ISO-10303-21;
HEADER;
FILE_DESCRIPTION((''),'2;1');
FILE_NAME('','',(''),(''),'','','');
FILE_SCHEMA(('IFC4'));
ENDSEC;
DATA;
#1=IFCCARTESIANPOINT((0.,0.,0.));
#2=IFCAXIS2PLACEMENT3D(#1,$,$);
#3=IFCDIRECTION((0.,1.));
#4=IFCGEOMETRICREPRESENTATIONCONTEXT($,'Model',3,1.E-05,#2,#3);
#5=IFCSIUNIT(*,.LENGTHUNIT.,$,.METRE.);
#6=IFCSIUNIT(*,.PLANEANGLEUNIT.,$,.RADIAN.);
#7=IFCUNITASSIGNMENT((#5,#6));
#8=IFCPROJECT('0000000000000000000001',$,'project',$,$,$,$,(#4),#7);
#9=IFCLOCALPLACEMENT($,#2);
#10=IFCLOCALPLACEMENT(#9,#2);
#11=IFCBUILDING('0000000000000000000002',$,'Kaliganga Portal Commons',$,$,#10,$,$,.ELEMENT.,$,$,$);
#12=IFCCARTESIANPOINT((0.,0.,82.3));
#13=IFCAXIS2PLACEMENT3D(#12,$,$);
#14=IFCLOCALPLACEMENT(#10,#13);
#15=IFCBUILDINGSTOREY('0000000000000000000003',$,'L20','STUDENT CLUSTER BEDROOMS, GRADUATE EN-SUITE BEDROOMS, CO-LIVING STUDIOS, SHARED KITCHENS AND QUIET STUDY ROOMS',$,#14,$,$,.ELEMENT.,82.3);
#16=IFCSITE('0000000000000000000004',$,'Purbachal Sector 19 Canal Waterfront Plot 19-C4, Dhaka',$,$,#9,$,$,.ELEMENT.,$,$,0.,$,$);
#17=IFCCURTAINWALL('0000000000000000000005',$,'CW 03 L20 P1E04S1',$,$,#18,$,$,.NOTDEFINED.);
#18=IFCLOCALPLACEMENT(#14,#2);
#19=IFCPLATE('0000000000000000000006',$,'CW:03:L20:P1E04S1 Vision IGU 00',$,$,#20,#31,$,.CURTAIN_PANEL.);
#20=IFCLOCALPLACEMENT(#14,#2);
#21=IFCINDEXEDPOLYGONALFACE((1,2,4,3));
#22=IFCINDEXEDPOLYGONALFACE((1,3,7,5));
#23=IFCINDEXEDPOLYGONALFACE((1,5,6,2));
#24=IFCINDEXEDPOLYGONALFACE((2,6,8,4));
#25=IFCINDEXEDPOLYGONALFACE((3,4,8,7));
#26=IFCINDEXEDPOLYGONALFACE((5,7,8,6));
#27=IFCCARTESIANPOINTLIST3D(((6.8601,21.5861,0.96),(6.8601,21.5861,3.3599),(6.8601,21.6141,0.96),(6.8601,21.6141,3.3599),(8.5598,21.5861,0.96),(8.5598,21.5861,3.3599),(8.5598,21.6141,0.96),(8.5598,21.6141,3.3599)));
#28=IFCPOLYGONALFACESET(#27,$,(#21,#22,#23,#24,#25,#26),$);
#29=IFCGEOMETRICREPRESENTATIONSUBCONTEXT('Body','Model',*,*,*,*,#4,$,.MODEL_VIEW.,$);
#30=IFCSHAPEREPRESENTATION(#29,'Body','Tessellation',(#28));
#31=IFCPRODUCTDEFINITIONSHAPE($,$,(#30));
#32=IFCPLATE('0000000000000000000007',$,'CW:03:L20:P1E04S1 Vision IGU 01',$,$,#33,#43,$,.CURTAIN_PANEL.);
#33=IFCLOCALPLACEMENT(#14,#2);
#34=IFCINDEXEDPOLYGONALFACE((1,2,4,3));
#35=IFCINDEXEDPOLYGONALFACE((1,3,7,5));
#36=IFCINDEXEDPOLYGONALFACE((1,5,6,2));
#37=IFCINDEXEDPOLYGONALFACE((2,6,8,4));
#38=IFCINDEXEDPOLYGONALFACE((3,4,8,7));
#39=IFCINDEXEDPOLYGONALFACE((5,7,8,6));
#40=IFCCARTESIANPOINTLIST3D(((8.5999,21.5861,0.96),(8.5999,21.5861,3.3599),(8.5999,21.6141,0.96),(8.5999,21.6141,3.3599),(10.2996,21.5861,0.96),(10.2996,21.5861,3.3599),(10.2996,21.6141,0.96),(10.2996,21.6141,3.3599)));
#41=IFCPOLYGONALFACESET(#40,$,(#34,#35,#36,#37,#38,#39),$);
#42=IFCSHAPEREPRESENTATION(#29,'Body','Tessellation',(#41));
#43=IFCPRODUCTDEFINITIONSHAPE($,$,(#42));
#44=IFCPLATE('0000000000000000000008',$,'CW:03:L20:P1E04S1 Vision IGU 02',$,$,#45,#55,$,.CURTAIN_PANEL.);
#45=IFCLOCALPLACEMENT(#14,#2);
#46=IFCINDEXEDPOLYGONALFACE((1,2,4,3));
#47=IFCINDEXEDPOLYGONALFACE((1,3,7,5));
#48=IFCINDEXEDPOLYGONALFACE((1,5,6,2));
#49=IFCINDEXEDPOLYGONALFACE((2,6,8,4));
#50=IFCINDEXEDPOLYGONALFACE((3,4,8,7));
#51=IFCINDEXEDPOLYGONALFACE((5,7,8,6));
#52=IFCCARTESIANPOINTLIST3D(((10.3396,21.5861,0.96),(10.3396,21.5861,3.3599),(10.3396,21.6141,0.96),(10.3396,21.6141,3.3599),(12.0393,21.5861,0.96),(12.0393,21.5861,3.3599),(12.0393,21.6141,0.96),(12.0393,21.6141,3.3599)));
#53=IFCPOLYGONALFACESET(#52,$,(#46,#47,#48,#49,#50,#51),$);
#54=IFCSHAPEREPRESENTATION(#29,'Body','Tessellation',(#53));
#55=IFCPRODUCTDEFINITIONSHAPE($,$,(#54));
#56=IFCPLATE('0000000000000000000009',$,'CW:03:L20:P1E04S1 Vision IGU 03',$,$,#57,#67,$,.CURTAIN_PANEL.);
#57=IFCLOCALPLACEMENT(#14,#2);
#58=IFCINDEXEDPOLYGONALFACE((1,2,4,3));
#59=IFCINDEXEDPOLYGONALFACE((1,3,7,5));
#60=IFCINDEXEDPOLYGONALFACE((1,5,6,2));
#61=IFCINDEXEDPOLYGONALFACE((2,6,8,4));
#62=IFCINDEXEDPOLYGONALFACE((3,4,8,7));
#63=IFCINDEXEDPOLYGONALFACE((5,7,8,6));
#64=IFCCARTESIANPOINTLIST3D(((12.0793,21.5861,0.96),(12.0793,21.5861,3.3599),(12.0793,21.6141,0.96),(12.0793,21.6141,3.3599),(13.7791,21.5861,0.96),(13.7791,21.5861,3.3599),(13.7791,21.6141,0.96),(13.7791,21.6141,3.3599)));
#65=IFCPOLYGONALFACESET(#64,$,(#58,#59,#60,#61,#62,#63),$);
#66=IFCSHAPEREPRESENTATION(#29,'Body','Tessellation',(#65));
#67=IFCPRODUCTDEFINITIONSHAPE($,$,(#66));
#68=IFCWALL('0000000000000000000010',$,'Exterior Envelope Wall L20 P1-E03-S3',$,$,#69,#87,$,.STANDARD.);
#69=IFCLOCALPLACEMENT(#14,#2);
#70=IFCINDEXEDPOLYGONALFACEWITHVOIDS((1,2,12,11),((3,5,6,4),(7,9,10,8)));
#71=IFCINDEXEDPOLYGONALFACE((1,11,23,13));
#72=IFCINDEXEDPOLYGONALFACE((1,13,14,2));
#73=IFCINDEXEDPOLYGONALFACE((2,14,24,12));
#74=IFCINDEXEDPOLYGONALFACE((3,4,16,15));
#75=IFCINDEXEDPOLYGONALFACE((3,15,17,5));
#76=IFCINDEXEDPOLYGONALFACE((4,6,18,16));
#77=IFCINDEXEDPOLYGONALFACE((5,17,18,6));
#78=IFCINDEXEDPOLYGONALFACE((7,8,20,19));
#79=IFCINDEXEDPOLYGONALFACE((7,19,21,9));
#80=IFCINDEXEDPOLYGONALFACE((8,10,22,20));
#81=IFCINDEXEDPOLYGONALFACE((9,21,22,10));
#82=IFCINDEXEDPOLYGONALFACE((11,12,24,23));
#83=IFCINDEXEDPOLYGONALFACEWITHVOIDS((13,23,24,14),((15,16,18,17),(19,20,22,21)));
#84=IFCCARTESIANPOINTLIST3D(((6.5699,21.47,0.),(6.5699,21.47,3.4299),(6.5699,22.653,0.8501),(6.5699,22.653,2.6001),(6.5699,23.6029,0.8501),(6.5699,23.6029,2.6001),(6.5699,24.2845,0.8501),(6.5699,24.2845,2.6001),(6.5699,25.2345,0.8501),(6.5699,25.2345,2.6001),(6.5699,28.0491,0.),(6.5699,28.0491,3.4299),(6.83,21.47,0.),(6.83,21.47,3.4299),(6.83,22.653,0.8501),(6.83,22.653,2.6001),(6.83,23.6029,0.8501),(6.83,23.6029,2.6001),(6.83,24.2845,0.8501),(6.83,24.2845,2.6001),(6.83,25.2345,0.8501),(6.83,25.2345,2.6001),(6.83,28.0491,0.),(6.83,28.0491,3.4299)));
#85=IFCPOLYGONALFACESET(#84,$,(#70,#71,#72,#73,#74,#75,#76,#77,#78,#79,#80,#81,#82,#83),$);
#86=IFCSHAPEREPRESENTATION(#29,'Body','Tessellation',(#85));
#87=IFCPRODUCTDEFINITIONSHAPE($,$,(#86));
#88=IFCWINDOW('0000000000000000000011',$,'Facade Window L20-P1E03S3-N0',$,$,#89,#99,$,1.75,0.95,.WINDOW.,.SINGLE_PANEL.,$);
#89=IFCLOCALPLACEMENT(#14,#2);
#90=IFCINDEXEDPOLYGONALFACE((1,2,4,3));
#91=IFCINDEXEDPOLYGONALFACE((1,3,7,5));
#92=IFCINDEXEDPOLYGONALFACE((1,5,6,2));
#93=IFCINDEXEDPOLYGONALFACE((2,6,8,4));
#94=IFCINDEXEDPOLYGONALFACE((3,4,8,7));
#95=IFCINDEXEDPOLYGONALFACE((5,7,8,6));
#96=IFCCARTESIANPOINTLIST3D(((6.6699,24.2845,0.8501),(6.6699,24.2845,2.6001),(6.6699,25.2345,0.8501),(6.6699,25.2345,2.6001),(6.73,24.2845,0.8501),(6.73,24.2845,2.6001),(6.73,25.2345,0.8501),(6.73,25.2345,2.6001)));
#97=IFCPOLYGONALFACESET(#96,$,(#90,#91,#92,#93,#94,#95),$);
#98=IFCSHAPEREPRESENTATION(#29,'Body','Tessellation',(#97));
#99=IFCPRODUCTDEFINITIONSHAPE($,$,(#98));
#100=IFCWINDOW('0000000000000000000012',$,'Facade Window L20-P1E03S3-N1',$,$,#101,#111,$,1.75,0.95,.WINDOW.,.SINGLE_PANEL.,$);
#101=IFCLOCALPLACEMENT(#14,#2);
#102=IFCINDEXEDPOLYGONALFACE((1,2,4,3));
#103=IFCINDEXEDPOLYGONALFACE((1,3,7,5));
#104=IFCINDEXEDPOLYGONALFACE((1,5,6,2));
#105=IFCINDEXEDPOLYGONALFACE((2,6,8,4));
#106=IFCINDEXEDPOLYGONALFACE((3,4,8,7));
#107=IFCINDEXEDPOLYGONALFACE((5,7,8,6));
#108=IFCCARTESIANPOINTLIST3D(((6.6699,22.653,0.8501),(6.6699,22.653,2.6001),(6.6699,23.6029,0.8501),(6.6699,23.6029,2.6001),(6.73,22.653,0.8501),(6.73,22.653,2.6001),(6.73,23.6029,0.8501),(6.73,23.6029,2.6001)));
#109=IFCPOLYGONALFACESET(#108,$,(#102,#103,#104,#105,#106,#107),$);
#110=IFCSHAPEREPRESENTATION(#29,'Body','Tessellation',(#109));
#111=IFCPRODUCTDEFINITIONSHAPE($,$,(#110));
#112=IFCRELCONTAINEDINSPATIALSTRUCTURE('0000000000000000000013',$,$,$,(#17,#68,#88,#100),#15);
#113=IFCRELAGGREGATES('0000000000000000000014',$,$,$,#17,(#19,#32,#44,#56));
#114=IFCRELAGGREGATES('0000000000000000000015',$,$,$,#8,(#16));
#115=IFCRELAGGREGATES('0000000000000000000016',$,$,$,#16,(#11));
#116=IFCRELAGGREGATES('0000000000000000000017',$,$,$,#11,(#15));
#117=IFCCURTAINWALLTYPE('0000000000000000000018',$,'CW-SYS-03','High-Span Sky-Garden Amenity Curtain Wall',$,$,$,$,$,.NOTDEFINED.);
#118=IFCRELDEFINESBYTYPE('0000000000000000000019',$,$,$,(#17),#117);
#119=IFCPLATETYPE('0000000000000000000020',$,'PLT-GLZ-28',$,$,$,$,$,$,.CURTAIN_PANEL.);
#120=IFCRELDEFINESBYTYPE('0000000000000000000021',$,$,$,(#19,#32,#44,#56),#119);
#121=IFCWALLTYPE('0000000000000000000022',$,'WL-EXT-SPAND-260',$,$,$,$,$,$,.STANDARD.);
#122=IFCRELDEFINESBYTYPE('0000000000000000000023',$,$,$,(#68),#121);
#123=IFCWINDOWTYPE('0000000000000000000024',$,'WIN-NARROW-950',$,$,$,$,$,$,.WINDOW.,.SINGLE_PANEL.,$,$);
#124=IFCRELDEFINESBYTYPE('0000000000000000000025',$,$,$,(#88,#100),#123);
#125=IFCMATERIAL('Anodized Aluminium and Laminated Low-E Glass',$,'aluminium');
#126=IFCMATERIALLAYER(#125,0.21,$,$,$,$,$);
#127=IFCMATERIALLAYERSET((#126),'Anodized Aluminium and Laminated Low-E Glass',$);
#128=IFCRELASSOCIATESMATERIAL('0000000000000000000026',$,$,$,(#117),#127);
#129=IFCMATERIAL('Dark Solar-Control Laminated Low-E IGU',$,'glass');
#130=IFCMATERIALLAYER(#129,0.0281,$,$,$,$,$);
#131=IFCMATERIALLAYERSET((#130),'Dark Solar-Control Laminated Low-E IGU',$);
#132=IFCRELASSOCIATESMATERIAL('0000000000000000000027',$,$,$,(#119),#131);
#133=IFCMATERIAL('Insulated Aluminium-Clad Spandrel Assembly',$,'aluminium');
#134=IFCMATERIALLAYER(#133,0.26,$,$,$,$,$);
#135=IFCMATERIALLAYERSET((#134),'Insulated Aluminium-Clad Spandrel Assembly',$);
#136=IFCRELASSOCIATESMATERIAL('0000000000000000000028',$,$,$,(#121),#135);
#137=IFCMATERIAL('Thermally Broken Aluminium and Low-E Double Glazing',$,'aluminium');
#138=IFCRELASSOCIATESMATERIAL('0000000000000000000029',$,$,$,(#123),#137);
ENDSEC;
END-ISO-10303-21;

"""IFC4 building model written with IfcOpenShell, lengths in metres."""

from ifc_helpers import new_model, si_unit, direction, frame, frame_2d, origin, origin_2d, place, context, subcontext, project, spatial, rectangle, extrude, source, transform, mapped, material, layer, layer_set, type_object, element, fill, aggregate, save


model = new_model("IFC4")

# Units and contexts
model_context = context("Model", 3, precision=1e-05, world=origin(), true_north=direction((0.0, 1.0)))
body_context = subcontext(model_context, "Body", "Model", "MODEL_VIEW")
ifc_project = project(units=[si_unit("LENGTHUNIT", "METRE"), si_unit("PLANEANGLEUNIT", "RADIAN")], contexts=[model_context])

# Site, building, storey
site_placement = place(None, origin())
site = spatial("IfcSite", under=ifc_project, at=site_placement, Name="Purbachal Sector 19 Canal Waterfront Plot 19-C4, Dhaka", CompositionType="ELEMENT", RefElevation=0.0)
building_placement = place(site_placement, origin())
building = spatial("IfcBuilding", under=site, at=building_placement, Name="Kaliganga Portal Commons", CompositionType="ELEMENT")
storey_placement = place(building_placement, frame((0.0, 0.0, 82.3)))
storey = spatial("IfcBuildingStorey", under=building, at=storey_placement, Name="L20", Description="STUDENT CLUSTER BEDROOMS, GRADUATE EN-SUITE BEDROOMS, CO-LIVING STUDIOS, SHARED KITCHENS AND QUIET STUDY ROOMS", CompositionType="ELEMENT", Elevation=82.3)

# Curtain wall
ifc_material_1 = material(Name="Anodized Aluminium and Laminated Low-E Glass", Category="aluminium")
ifc_layer_1 = layer(ifc_material_1, 0.21)
ifc_layer_set_1 = layer_set([ifc_layer_1], Name="Anodized Aluminium and Laminated Low-E Glass")
curtain_wall_type = type_object("IfcCurtainWallType", Name="CW-SYS-03", Description="High-Span Sky-Garden Amenity Curtain Wall", PredefinedType="NOTDEFINED", material=ifc_layer_set_1)
curtain_wall_placement = place(storey_placement, origin())
curtain_wall = element("IfcCurtainWall", 1, at=curtain_wall_placement, inside=storey, type_object=curtain_wall_type, Name="CW 03 L20 P1E04S1", PredefinedType="NOTDEFINED")

# Plates
ifc_material_2 = material(Name="Dark Solar-Control Laminated Low-E IGU", Category="glass")
ifc_layer_2 = layer(ifc_material_2, 0.0281)
ifc_layer_set_2 = layer_set([ifc_layer_2], Name="Dark Solar-Control Laminated Low-E IGU")
plate_type_1 = type_object("IfcPlateType", Name="PLT-GLZ-28", PredefinedType="CURTAIN_PANEL", material=ifc_layer_set_2)
shared_shape_1 = source(origin(), body_context, "Body", "SweptSolid", [
    extrude(rectangle(XDim=1.6997, YDim=0.0281, at=origin_2d()), origin(), (0.0, 0.0, 1.0), 2.3999),
])
plate_1_placement = place(storey_placement, frame((7.71, 21.6001, 0.96), z_axis=(0.0, 0.0, 1.0), x_axis=(1.0, 0.0, 0.0)))
plate_1 = element("IfcPlate", 2, at=plate_1_placement, type_object=plate_type_1, Name="CW:03:L20:P1E04S1 Vision IGU 00", PredefinedType="CURTAIN_PANEL", context=body_context, shape_type="MappedRepresentation", body=[
    mapped(shared_shape_1, transform((0.0, 0.0, 0.0), x_axis=(1.0, 0.0, 0.0), y_axis=(0.0, 1.0, 0.0), z_axis=(0.0, 0.0, 1.0), scale=1.0)),
])
plate_2_placement = place(storey_placement, frame((9.4497, 21.6001, 0.96), z_axis=(0.0, 0.0, 1.0), x_axis=(1.0, 0.0, 0.0)))
plate_2 = element("IfcPlate", 3, at=plate_2_placement, type_object=plate_type_1, Name="CW:03:L20:P1E04S1 Vision IGU 01", PredefinedType="CURTAIN_PANEL", context=body_context, shape_type="MappedRepresentation", body=[
    mapped(shared_shape_1, transform((0.0, 0.0, 0.0), x_axis=(1.0, 0.0, 0.0), y_axis=(0.0, 1.0, 0.0), z_axis=(0.0, 0.0, 1.0), scale=1.0)),
])
plate_3_placement = place(storey_placement, frame((11.1895, 21.6001, 0.96), z_axis=(0.0, 0.0, 1.0), x_axis=(1.0, 0.0, 0.0)))
plate_3 = element("IfcPlate", 4, at=plate_3_placement, type_object=plate_type_1, Name="CW:03:L20:P1E04S1 Vision IGU 02", PredefinedType="CURTAIN_PANEL", context=body_context, shape_type="MappedRepresentation", body=[
    mapped(shared_shape_1, transform((0.0, 0.0, 0.0), x_axis=(1.0, 0.0, 0.0), y_axis=(0.0, 1.0, 0.0), z_axis=(0.0, 0.0, 1.0), scale=1.0)),
])
plate_4_placement = place(storey_placement, frame((12.9292, 21.6001, 0.96), z_axis=(0.0, 0.0, 1.0), x_axis=(1.0, 0.0, 0.0)))
plate_4 = element("IfcPlate", 5, at=plate_4_placement, type_object=plate_type_1, Name="CW:03:L20:P1E04S1 Vision IGU 03", PredefinedType="CURTAIN_PANEL", context=body_context, shape_type="MappedRepresentation", body=[
    mapped(shared_shape_1, transform((0.0, 0.0, 0.0), x_axis=(1.0, 0.0, 0.0), y_axis=(0.0, 1.0, 0.0), z_axis=(0.0, 0.0, 1.0), scale=1.0)),
])
aggregate(curtain_wall, [plate_1, plate_2, plate_3, plate_4])

# Wall, openings, windows
ifc_material_3 = material(Name="Insulated Aluminium-Clad Spandrel Assembly", Category="aluminium")
ifc_layer_3 = layer(ifc_material_3, 0.26)
ifc_layer_set_3 = layer_set([ifc_layer_3], Name="Insulated Aluminium-Clad Spandrel Assembly")
wall_type = type_object("IfcWallType", Name="WL-EXT-SPAND-260", PredefinedType="STANDARD", material=ifc_layer_set_3)
wall_placement = place(storey_placement, frame((6.7, 21.47, 0.0), z_axis=(0.0, 0.0, 1.0), x_axis=(0.0, 1.0, 0.0)))
wall = element("IfcWall", 6, at=wall_placement, inside=storey, type_object=wall_type, Name="Exterior Envelope Wall L20 P1-E03-S3", PredefinedType="STANDARD", context=body_context, shape_type="SweptSolid", body=[
    extrude(rectangle(XDim=6.5791, YDim=0.26, at=frame_2d((3.2896, 0.0))), origin(), (0.0, 0.0, 1.0), 3.4299),
])
opening_1_placement = place(wall_placement, frame((2.8145, 0.0, 0.8501)))
opening_1 = element("IfcOpeningElement", 7, at=opening_1_placement, cuts=wall, PredefinedType="OPENING", context=body_context, shape_type="SweptSolid", body=[
    extrude(rectangle(XDim=0.95, YDim=1.75, at=frame_2d((0.4751, 0.875))), frame((0.0, 0.1401, 0.0), z_axis=(0.0, -1.0, 0.0), x_axis=(1.0, 0.0, 0.0)), (0.0, 0.0, 1.0), 0.28),
])
opening_2_placement = place(wall_placement, frame((1.1829, 0.0, 0.8501)))
opening_2 = element("IfcOpeningElement", 8, at=opening_2_placement, cuts=wall, PredefinedType="OPENING", context=body_context, shape_type="SweptSolid", body=[
    extrude(rectangle(XDim=0.95, YDim=1.75, at=frame_2d((0.4751, 0.875))), frame((0.0, 0.1401, 0.0), z_axis=(0.0, -1.0, 0.0), x_axis=(1.0, 0.0, 0.0)), (0.0, 0.0, 1.0), 0.28),
])
ifc_material_4 = material(Name="Thermally Broken Aluminium and Low-E Double Glazing", Category="aluminium")
window_type = type_object("IfcWindowType", Name="WIN-NARROW-950", PartitioningType="SINGLE_PANEL", PredefinedType="WINDOW", material=ifc_material_4)
window_1_placement = place(opening_1_placement, origin())
window_1 = element("IfcWindow", 9, at=window_1_placement, inside=storey, type_object=window_type, Name="Facade Window L20-P1E03S3-N0", OverallHeight=1.75, OverallWidth=0.95, PartitioningType="SINGLE_PANEL", PredefinedType="WINDOW", context=body_context, shape_type="SweptSolid", body=[
    extrude(rectangle(XDim=0.95, YDim=1.75, at=frame_2d((0.4751, 0.875))), frame((0.0, 0.03, 0.0), z_axis=(0.0, -1.0, 0.0), x_axis=(1.0, 0.0, 0.0)), (0.0, 0.0, 1.0), 0.0601),
])
fill(opening_1, window_1)
window_2_placement = place(opening_2_placement, origin())
window_2 = element("IfcWindow", 10, at=window_2_placement, inside=storey, type_object=window_type, Name="Facade Window L20-P1E03S3-N1", OverallHeight=1.75, OverallWidth=0.95, PartitioningType="SINGLE_PANEL", PredefinedType="WINDOW", context=body_context, shape_type="SweptSolid", body=[
    extrude(rectangle(XDim=0.95, YDim=1.75, at=frame_2d((0.4751, 0.875))), frame((0.0, 0.03, 0.0), z_axis=(0.0, -1.0, 0.0), x_axis=(1.0, 0.0, 0.0)), (0.0, 0.0, 1.0), 0.0601),
])
fill(opening_2, window_2)

save(model, "model.ifc")
